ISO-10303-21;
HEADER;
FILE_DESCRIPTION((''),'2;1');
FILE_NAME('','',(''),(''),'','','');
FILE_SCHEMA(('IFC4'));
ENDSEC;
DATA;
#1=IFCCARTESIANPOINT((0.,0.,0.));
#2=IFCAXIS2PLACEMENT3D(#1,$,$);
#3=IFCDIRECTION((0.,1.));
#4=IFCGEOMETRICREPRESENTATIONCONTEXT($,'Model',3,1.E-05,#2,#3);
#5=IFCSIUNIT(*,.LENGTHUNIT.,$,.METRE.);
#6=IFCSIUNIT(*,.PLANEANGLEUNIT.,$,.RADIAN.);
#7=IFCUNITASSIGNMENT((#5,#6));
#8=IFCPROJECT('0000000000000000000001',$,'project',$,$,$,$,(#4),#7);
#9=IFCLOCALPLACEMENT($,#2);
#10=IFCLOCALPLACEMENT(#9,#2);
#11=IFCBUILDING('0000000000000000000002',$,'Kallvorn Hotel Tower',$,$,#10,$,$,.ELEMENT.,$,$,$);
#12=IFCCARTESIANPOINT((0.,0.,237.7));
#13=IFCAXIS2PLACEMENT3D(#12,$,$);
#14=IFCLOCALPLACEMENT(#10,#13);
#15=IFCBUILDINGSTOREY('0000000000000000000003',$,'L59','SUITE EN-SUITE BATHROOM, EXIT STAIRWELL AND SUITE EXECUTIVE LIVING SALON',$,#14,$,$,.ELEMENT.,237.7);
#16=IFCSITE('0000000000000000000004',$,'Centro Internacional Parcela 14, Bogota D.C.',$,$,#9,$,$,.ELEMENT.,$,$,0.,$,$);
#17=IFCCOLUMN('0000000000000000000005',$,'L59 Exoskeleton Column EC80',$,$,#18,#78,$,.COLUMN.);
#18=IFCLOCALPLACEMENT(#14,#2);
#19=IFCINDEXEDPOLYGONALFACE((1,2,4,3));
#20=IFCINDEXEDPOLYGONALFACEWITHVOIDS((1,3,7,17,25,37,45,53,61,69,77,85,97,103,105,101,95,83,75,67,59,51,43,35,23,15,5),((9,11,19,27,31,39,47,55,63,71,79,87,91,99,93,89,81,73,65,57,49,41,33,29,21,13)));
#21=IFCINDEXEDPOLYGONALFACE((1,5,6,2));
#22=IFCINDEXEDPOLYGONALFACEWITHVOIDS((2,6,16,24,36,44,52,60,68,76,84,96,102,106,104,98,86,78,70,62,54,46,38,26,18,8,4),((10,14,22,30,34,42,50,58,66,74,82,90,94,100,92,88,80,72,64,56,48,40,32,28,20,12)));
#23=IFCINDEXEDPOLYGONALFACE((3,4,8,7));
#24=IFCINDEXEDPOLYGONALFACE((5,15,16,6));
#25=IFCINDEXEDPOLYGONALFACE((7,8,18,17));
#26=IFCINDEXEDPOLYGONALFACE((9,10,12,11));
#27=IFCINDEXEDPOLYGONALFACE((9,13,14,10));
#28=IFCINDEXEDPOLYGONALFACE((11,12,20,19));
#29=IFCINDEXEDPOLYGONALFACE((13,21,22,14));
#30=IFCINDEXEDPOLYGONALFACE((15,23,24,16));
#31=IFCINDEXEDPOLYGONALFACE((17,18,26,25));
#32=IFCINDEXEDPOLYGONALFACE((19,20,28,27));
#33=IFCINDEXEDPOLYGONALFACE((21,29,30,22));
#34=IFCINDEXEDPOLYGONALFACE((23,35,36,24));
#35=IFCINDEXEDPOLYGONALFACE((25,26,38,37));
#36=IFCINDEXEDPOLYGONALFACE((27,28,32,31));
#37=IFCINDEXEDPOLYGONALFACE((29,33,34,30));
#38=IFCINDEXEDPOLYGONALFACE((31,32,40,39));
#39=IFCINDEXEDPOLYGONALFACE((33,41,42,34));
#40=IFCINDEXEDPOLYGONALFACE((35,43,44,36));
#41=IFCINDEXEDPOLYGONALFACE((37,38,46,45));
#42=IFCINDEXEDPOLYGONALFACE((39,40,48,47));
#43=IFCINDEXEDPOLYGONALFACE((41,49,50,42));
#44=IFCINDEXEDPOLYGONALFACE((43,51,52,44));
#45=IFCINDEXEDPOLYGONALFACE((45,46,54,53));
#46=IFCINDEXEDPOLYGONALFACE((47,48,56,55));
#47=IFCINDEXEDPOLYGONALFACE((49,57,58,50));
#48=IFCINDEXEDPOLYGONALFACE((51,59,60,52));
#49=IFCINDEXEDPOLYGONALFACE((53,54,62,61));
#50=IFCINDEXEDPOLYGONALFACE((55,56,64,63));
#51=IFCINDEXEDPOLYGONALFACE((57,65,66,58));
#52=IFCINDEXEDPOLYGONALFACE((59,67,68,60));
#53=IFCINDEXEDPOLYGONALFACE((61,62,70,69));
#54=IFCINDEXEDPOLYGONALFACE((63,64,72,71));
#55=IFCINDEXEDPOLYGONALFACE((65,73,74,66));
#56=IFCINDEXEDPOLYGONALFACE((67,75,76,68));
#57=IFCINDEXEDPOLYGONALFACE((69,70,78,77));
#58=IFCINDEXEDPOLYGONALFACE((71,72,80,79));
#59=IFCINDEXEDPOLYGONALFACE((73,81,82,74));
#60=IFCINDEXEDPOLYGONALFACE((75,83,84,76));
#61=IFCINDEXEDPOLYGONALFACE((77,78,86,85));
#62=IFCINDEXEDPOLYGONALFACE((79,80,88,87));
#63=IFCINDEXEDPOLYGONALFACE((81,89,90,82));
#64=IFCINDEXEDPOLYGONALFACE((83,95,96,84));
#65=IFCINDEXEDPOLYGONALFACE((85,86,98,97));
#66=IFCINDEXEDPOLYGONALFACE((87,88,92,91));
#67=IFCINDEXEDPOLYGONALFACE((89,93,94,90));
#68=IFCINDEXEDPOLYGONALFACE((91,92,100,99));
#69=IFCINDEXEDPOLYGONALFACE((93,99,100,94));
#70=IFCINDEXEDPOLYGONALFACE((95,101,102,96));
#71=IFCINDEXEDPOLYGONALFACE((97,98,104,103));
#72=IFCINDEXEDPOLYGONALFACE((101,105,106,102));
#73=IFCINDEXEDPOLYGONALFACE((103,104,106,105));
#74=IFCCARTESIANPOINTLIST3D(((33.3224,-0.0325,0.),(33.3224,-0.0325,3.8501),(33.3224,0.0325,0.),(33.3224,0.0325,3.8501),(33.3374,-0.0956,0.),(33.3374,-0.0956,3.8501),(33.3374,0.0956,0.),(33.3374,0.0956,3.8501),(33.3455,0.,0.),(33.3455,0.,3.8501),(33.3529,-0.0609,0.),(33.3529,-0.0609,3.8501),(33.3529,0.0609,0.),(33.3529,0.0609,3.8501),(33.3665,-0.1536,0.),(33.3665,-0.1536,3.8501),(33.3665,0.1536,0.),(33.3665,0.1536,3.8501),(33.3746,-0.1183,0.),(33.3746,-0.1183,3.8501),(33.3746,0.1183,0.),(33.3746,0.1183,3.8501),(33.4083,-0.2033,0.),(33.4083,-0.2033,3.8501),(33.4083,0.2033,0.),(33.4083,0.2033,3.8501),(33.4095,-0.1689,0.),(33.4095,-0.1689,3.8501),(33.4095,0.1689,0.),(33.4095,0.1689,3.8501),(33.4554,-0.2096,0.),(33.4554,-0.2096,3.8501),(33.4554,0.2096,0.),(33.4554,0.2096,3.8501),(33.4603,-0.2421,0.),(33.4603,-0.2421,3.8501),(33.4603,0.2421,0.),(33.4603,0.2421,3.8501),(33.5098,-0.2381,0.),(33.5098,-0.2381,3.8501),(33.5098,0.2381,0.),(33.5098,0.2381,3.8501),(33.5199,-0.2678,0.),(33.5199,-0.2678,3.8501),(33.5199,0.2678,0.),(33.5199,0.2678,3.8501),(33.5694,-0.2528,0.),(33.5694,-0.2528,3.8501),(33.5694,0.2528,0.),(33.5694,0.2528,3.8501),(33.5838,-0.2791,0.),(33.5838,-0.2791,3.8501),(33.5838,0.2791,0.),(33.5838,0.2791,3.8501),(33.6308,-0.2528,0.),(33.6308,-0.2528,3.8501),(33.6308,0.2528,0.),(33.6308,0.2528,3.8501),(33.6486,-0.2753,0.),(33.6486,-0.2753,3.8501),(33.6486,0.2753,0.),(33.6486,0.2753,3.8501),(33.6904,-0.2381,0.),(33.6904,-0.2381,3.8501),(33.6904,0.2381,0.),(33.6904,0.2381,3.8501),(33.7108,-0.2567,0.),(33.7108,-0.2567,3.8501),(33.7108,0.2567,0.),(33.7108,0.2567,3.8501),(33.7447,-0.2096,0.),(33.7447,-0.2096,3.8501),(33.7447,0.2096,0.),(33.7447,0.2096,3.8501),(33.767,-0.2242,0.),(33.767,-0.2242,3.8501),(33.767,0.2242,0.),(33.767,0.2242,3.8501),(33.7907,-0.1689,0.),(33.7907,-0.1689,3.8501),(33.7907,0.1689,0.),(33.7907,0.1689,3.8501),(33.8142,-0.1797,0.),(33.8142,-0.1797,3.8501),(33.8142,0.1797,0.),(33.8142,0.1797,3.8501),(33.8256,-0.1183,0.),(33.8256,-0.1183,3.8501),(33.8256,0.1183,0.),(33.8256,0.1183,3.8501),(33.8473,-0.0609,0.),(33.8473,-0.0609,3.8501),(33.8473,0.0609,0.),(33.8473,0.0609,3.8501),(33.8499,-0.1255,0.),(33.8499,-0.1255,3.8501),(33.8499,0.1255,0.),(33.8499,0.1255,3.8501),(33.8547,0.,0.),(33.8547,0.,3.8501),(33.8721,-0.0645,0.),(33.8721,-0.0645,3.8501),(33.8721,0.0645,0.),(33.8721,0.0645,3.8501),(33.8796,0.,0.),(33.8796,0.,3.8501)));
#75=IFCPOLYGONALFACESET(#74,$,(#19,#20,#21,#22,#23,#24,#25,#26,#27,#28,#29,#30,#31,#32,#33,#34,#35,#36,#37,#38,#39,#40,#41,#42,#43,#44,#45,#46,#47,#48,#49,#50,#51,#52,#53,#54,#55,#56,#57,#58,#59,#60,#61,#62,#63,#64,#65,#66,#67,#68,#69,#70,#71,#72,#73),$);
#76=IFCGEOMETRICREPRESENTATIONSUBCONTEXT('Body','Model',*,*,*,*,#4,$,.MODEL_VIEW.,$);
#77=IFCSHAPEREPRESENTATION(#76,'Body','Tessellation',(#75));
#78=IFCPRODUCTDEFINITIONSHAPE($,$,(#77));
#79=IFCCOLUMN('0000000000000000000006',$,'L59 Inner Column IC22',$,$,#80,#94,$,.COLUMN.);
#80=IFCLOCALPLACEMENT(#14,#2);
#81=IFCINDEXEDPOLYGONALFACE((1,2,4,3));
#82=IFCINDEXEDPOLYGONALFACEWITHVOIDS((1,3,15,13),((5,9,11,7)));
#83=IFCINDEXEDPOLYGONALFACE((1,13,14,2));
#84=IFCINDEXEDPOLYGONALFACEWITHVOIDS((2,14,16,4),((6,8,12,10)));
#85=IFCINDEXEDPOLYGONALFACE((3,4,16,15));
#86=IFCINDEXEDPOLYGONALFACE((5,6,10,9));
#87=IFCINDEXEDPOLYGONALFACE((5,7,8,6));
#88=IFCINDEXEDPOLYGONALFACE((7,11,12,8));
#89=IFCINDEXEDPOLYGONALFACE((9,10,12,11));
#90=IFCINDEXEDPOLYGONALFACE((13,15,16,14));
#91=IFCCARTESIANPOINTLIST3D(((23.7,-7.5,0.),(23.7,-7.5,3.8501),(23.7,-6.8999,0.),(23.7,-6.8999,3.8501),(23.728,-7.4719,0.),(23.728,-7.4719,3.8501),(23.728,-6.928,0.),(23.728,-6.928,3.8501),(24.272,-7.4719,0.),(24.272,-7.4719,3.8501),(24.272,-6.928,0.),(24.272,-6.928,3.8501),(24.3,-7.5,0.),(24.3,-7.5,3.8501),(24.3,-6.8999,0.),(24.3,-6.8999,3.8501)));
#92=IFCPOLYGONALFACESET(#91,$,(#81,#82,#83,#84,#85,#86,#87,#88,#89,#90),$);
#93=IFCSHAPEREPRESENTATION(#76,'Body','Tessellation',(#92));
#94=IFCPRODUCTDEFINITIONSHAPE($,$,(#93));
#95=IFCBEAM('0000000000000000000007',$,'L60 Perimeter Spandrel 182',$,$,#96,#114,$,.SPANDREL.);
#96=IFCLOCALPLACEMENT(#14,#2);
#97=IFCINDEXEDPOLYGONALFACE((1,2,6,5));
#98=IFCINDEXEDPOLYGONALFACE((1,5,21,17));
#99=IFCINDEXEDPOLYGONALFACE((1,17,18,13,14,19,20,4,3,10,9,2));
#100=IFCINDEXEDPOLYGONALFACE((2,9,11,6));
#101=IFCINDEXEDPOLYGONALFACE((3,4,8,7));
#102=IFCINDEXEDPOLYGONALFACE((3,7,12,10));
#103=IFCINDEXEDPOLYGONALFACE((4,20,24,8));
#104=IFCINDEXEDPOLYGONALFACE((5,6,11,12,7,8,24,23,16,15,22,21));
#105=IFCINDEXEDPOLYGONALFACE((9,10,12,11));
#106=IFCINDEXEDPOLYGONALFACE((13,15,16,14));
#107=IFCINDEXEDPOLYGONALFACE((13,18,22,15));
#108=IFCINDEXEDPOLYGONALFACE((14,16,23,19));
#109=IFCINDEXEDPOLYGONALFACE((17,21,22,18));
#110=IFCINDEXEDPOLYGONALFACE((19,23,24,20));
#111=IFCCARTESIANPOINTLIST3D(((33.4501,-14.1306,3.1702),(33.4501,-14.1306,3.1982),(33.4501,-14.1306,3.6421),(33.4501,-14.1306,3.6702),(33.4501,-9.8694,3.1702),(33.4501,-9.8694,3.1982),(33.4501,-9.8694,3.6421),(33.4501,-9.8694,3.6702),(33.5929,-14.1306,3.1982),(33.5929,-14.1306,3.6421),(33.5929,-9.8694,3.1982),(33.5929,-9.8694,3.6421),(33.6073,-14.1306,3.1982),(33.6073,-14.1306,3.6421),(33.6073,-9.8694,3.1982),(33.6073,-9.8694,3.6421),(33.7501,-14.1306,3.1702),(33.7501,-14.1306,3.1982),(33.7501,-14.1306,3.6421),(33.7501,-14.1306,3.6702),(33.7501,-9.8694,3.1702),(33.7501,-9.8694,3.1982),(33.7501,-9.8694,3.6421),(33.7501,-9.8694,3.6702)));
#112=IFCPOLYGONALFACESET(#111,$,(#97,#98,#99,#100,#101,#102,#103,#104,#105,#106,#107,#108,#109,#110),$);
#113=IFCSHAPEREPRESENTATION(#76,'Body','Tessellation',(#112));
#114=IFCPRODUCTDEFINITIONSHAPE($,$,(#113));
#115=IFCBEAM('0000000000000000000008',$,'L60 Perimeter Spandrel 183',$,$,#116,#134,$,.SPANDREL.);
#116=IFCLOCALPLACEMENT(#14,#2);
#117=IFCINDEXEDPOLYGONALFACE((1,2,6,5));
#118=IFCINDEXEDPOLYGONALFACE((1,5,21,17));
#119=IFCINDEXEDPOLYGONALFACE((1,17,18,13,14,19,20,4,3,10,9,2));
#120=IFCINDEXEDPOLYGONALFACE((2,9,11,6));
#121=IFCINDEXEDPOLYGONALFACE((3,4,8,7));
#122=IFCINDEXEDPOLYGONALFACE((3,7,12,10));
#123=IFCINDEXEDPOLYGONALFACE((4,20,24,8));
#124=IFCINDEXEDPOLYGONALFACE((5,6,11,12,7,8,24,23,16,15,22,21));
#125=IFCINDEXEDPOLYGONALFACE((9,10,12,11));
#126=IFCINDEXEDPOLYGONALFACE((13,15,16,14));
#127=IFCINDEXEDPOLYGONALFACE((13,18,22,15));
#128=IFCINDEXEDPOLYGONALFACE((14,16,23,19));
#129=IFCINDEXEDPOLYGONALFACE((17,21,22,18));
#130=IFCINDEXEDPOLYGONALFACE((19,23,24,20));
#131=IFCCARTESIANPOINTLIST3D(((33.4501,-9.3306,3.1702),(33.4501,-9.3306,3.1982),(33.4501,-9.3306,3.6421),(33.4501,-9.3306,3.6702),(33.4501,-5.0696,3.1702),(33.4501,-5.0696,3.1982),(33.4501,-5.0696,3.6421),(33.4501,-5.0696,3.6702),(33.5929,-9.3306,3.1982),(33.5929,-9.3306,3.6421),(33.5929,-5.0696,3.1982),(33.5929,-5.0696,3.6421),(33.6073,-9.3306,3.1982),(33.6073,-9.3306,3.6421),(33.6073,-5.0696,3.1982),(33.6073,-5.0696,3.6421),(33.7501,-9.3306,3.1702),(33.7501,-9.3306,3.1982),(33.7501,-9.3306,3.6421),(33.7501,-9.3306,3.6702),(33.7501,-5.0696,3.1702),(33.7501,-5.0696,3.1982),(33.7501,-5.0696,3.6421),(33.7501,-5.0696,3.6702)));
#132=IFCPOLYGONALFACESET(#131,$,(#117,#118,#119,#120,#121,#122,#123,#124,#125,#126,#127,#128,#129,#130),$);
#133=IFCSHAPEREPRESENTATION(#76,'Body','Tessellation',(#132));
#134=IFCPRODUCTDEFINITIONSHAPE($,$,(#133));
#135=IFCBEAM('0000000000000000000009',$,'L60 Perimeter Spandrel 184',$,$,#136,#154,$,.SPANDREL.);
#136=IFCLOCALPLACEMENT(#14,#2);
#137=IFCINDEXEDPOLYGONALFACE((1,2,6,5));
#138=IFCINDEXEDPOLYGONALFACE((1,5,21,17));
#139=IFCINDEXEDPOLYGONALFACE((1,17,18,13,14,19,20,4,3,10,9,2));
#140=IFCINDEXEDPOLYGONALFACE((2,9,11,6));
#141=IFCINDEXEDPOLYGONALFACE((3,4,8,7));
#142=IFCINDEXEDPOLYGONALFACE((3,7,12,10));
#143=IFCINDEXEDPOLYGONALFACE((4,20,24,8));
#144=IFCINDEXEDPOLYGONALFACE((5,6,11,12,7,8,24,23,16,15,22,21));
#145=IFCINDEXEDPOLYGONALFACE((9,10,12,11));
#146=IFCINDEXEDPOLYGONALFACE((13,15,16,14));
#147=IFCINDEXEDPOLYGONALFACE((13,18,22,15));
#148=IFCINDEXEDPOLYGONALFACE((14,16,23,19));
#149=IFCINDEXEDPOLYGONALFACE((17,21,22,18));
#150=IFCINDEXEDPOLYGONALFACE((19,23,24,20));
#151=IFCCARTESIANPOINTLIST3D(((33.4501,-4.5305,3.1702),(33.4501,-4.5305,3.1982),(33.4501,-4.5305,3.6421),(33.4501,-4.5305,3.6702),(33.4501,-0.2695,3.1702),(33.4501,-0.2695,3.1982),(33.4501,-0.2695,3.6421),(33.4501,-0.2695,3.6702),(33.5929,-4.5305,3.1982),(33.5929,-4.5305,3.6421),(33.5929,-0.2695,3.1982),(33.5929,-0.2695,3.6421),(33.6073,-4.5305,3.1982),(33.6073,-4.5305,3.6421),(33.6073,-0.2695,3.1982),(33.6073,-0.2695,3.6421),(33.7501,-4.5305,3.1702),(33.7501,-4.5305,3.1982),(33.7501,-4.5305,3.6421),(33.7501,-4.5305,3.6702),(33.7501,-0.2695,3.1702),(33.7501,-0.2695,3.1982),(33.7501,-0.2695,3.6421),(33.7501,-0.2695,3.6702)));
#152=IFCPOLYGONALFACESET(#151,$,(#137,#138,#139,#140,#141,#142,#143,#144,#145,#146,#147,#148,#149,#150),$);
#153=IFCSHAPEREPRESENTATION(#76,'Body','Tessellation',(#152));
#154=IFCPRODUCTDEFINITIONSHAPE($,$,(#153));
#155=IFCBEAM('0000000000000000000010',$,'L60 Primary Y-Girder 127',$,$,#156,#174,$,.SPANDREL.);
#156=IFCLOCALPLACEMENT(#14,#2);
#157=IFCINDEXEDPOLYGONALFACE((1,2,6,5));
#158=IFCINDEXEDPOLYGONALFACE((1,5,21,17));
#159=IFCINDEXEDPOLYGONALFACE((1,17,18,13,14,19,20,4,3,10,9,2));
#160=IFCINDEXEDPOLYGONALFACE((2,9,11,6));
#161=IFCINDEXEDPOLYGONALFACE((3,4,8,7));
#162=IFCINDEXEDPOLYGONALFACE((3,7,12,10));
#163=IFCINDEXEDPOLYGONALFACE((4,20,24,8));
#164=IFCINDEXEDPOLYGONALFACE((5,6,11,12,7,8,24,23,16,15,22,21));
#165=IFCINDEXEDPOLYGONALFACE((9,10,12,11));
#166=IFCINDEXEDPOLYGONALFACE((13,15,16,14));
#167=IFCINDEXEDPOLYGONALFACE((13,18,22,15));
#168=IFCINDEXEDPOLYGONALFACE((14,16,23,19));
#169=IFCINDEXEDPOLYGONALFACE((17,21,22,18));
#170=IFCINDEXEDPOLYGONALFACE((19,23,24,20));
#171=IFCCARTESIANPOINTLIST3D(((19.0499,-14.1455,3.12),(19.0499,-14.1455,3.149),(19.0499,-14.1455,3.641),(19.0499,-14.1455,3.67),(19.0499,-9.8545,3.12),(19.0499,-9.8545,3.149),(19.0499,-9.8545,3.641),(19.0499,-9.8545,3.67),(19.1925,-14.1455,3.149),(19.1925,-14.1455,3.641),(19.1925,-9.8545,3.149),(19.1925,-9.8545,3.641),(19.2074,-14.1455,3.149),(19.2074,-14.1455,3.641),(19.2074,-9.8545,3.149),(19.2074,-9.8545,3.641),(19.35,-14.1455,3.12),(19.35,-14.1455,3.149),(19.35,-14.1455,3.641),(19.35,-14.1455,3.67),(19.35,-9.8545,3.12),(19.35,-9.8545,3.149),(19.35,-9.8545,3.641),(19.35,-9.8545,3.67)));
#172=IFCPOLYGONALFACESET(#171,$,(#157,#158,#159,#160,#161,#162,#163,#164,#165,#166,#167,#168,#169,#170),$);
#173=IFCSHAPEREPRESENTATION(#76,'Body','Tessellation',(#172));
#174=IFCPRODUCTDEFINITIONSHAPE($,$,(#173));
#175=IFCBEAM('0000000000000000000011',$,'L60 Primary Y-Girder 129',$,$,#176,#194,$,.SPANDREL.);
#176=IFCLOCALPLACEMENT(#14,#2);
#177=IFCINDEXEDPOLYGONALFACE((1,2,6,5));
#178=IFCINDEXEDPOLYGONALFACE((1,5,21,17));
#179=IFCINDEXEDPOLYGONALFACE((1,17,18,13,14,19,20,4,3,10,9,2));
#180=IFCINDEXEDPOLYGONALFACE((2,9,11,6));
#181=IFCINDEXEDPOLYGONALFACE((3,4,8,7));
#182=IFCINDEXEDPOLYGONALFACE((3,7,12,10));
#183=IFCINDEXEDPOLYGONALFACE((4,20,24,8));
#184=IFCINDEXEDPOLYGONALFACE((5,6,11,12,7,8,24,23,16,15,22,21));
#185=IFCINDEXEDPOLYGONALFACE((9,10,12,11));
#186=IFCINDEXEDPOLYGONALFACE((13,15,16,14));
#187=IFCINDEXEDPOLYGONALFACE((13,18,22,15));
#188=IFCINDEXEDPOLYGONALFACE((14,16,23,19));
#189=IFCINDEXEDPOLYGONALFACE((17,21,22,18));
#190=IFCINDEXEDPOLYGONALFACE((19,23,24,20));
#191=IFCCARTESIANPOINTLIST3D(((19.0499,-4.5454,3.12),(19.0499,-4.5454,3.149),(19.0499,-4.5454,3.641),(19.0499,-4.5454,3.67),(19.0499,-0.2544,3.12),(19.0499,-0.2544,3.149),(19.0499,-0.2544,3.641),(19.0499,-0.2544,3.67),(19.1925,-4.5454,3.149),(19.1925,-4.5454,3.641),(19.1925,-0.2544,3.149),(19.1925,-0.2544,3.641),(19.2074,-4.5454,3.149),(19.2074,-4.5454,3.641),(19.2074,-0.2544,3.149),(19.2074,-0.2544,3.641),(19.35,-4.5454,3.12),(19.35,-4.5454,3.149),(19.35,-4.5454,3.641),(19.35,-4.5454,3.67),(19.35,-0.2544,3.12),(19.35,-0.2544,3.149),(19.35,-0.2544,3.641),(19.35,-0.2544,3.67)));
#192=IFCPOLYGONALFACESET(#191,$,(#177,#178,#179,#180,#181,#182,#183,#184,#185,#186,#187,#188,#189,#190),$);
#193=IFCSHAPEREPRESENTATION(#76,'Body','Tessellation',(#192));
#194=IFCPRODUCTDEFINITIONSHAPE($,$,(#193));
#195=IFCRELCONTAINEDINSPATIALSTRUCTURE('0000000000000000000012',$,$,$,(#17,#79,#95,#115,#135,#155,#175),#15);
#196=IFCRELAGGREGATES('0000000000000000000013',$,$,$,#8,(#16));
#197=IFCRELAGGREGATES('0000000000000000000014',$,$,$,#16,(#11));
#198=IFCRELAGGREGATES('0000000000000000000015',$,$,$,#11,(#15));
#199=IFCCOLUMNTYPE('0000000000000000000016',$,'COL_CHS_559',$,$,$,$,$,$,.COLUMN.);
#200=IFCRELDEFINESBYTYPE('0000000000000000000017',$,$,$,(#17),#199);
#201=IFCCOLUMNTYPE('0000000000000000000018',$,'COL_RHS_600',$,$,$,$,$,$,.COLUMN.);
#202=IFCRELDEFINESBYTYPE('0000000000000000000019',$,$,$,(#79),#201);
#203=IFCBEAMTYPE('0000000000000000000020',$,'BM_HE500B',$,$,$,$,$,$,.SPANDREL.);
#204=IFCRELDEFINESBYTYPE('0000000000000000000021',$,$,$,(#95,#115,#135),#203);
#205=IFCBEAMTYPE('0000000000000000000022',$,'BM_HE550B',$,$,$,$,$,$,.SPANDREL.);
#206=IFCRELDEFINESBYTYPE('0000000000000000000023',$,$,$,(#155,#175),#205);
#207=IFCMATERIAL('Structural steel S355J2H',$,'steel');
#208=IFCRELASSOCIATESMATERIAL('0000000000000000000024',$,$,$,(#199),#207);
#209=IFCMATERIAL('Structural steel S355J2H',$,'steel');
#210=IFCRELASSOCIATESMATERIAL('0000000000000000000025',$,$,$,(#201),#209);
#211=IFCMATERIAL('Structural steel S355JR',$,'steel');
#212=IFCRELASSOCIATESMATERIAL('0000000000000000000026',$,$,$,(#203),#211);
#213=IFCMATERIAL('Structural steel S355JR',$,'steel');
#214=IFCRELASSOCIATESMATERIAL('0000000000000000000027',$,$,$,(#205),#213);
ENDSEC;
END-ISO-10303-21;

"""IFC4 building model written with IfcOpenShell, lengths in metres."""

from ifc_helpers import new_model, si_unit, direction, frame, origin, origin_2d, place, context, subcontext, project, spatial, hollow_rectangle, hollow_circle, i_section, extrude, material, material_profile, profile_set, type_object, element, save


model = new_model("IFC4")

# Units and contexts
model_context = context("Model", 3, precision=1e-05, world=origin(), true_north=direction((0.0, 1.0)))
body_context = subcontext(model_context, "Body", "Model", "MODEL_VIEW")
ifc_project = project(units=[si_unit("LENGTHUNIT", "METRE"), si_unit("PLANEANGLEUNIT", "RADIAN")], contexts=[model_context])

# Site, building, storey
site_placement = place(None, origin())
site = spatial("IfcSite", under=ifc_project, at=site_placement, Name="Centro Internacional Parcela 14, Bogota D.C.", CompositionType="ELEMENT", RefElevation=0.0)
building_placement = place(site_placement, origin())
building = spatial("IfcBuilding", under=site, at=building_placement, Name="Kallvorn Hotel Tower", CompositionType="ELEMENT")
storey_placement = place(building_placement, frame((0.0, 0.0, 237.7)))
storey = spatial("IfcBuildingStorey", under=building, at=storey_placement, Name="L59", Description="SUITE EN-SUITE BATHROOM, EXIT STAIRWELL AND SUITE EXECUTIVE LIVING SALON", CompositionType="ELEMENT", Elevation=237.7)

# Columns
ifc_material_1 = material(Name="Structural steel S355J2H", Category="steel")
ifc_material_profile_1 = material_profile(ifc_material_1, hollow_circle(Radius=0.2795, WallThickness=0.0249, at=origin_2d()), Name="CHS 559x25")
ifc_profile_set_1 = profile_set([ifc_material_profile_1], Name="Structural steel S355J2H")
column_type_1 = type_object("IfcColumnType", Name="COL_CHS_559", PredefinedType="COLUMN", material=ifc_profile_set_1)
for number, where, z_axis, x_axis, name in (
    (1, (33.6001, 0.0, 0.0), (0.0, 0.0, 1.0), (1.0, 0.0, 0.0), "L59 Exoskeleton Column EC80"),
):
    element("IfcColumn", number, at=place(storey_placement, frame(where, z_axis=z_axis, x_axis=x_axis)), inside=storey, type_object=column_type_1, Name=name, PredefinedType="COLUMN", context=body_context, shape_type="SweptSolid", body=[
        extrude(hollow_circle(Radius=0.2795, WallThickness=0.0249, at=origin_2d()), origin(), (0.0, 0.0, 1.0), 3.8501),
    ])
ifc_material_2 = material(Name="Structural steel S355J2H", Category="steel")
ifc_material_profile_2 = material_profile(ifc_material_2, hollow_rectangle(XDim=0.6001, YDim=0.6001, WallThickness=0.0281, at=origin_2d()), Name="RHS 600x600x28")
ifc_profile_set_2 = profile_set([ifc_material_profile_2], Name="Structural steel S355J2H")
column_type_2 = type_object("IfcColumnType", Name="COL_RHS_600", PredefinedType="COLUMN", material=ifc_profile_set_2)
column_placement = place(storey_placement, frame((24.0, -7.2, 0.0), z_axis=(0.0, 0.0, 1.0), x_axis=(1.0, 0.0, 0.0)))
element("IfcColumn", 2, at=column_placement, inside=storey, type_object=column_type_2, Name="L59 Inner Column IC22", PredefinedType="COLUMN", context=body_context, shape_type="SweptSolid", body=[
    extrude(hollow_rectangle(XDim=0.6001, YDim=0.6001, WallThickness=0.0281, at=origin_2d()), origin(), (0.0, 0.0, 1.0), 3.8501),
])

# Beams
ifc_material_3 = material(Name="Structural steel S355JR", Category="steel")
ifc_material_profile_3 = material_profile(ifc_material_3, i_section(OverallWidth=0.3, OverallDepth=0.5, WebThickness=0.0144, FlangeThickness=0.0281, at=origin_2d()), Name="HE 500 B")
ifc_profile_set_3 = profile_set([ifc_material_profile_3], Name="Structural steel S355JR")
beam_type_1 = type_object("IfcBeamType", Name="BM_HE500B", PredefinedType="SPANDREL", material=ifc_profile_set_3)
beam_1_placement = place(storey_placement, frame((33.6001, -14.1306, 3.4202), z_axis=(0.0, 1.0, 0.0), x_axis=(-1.0, 0.0, 0.0)))
element("IfcBeam", 3, at=beam_1_placement, inside=storey, type_object=beam_type_1, Name="L60 Perimeter Spandrel 182", PredefinedType="SPANDREL", context=body_context, shape_type="SweptSolid", body=[
    extrude(i_section(OverallWidth=0.3, OverallDepth=0.5, WebThickness=0.0144, FlangeThickness=0.0281, at=origin_2d()), origin(), (0.0, 0.0, 1.0), 4.2612),
])
for number, where, z_axis, x_axis, name in (
    (4, (33.6001, -9.3306, 3.4202), (0.0, 1.0, 0.0), (-1.0, 0.0, 0.0), "L60 Perimeter Spandrel 183"),
    (5, (33.6001, -4.5305, 3.4202), (0.0, 1.0, 0.0), (-1.0, 0.0, 0.0), "L60 Perimeter Spandrel 184"),
):
    element("IfcBeam", number, at=place(storey_placement, frame(where, z_axis=z_axis, x_axis=x_axis)), inside=storey, type_object=beam_type_1, Name=name, PredefinedType="SPANDREL", context=body_context, shape_type="SweptSolid", body=[
        extrude(i_section(OverallWidth=0.3, OverallDepth=0.5, WebThickness=0.0144, FlangeThickness=0.0281, at=origin_2d()), origin(), (0.0, 0.0, 1.0), 4.261),
    ])
ifc_material_4 = material(Name="Structural steel S355JR", Category="steel")
ifc_material_profile_4 = material_profile(ifc_material_4, i_section(OverallWidth=0.3, OverallDepth=0.55, WebThickness=0.0149, FlangeThickness=0.0291, at=origin_2d()), Name="HE 550 B")
ifc_profile_set_4 = profile_set([ifc_material_profile_4], Name="Structural steel S355JR")
beam_type_2 = type_object("IfcBeamType", Name="BM_HE550B", PredefinedType="SPANDREL", material=ifc_profile_set_4)
for number, where, z_axis, x_axis, name in (
    (6, (19.2, -14.1455, 3.395), (0.0, 1.0, 0.0), (-1.0, 0.0, 0.0), "L60 Primary Y-Girder 127"),
    (7, (19.2, -4.5454, 3.395), (0.0, 1.0, 0.0), (-1.0, 0.0, 0.0), "L60 Primary Y-Girder 129"),
):
    element("IfcBeam", number, at=place(storey_placement, frame(where, z_axis=z_axis, x_axis=x_axis)), inside=storey, type_object=beam_type_2, Name=name, PredefinedType="SPANDREL", context=body_context, shape_type="SweptSolid", body=[
        extrude(i_section(OverallWidth=0.3, OverallDepth=0.55, WebThickness=0.0149, FlangeThickness=0.0291, at=origin_2d()), origin(), (0.0, 0.0, 1.0), 4.291),
    ])

save(model, "model.ifc")
